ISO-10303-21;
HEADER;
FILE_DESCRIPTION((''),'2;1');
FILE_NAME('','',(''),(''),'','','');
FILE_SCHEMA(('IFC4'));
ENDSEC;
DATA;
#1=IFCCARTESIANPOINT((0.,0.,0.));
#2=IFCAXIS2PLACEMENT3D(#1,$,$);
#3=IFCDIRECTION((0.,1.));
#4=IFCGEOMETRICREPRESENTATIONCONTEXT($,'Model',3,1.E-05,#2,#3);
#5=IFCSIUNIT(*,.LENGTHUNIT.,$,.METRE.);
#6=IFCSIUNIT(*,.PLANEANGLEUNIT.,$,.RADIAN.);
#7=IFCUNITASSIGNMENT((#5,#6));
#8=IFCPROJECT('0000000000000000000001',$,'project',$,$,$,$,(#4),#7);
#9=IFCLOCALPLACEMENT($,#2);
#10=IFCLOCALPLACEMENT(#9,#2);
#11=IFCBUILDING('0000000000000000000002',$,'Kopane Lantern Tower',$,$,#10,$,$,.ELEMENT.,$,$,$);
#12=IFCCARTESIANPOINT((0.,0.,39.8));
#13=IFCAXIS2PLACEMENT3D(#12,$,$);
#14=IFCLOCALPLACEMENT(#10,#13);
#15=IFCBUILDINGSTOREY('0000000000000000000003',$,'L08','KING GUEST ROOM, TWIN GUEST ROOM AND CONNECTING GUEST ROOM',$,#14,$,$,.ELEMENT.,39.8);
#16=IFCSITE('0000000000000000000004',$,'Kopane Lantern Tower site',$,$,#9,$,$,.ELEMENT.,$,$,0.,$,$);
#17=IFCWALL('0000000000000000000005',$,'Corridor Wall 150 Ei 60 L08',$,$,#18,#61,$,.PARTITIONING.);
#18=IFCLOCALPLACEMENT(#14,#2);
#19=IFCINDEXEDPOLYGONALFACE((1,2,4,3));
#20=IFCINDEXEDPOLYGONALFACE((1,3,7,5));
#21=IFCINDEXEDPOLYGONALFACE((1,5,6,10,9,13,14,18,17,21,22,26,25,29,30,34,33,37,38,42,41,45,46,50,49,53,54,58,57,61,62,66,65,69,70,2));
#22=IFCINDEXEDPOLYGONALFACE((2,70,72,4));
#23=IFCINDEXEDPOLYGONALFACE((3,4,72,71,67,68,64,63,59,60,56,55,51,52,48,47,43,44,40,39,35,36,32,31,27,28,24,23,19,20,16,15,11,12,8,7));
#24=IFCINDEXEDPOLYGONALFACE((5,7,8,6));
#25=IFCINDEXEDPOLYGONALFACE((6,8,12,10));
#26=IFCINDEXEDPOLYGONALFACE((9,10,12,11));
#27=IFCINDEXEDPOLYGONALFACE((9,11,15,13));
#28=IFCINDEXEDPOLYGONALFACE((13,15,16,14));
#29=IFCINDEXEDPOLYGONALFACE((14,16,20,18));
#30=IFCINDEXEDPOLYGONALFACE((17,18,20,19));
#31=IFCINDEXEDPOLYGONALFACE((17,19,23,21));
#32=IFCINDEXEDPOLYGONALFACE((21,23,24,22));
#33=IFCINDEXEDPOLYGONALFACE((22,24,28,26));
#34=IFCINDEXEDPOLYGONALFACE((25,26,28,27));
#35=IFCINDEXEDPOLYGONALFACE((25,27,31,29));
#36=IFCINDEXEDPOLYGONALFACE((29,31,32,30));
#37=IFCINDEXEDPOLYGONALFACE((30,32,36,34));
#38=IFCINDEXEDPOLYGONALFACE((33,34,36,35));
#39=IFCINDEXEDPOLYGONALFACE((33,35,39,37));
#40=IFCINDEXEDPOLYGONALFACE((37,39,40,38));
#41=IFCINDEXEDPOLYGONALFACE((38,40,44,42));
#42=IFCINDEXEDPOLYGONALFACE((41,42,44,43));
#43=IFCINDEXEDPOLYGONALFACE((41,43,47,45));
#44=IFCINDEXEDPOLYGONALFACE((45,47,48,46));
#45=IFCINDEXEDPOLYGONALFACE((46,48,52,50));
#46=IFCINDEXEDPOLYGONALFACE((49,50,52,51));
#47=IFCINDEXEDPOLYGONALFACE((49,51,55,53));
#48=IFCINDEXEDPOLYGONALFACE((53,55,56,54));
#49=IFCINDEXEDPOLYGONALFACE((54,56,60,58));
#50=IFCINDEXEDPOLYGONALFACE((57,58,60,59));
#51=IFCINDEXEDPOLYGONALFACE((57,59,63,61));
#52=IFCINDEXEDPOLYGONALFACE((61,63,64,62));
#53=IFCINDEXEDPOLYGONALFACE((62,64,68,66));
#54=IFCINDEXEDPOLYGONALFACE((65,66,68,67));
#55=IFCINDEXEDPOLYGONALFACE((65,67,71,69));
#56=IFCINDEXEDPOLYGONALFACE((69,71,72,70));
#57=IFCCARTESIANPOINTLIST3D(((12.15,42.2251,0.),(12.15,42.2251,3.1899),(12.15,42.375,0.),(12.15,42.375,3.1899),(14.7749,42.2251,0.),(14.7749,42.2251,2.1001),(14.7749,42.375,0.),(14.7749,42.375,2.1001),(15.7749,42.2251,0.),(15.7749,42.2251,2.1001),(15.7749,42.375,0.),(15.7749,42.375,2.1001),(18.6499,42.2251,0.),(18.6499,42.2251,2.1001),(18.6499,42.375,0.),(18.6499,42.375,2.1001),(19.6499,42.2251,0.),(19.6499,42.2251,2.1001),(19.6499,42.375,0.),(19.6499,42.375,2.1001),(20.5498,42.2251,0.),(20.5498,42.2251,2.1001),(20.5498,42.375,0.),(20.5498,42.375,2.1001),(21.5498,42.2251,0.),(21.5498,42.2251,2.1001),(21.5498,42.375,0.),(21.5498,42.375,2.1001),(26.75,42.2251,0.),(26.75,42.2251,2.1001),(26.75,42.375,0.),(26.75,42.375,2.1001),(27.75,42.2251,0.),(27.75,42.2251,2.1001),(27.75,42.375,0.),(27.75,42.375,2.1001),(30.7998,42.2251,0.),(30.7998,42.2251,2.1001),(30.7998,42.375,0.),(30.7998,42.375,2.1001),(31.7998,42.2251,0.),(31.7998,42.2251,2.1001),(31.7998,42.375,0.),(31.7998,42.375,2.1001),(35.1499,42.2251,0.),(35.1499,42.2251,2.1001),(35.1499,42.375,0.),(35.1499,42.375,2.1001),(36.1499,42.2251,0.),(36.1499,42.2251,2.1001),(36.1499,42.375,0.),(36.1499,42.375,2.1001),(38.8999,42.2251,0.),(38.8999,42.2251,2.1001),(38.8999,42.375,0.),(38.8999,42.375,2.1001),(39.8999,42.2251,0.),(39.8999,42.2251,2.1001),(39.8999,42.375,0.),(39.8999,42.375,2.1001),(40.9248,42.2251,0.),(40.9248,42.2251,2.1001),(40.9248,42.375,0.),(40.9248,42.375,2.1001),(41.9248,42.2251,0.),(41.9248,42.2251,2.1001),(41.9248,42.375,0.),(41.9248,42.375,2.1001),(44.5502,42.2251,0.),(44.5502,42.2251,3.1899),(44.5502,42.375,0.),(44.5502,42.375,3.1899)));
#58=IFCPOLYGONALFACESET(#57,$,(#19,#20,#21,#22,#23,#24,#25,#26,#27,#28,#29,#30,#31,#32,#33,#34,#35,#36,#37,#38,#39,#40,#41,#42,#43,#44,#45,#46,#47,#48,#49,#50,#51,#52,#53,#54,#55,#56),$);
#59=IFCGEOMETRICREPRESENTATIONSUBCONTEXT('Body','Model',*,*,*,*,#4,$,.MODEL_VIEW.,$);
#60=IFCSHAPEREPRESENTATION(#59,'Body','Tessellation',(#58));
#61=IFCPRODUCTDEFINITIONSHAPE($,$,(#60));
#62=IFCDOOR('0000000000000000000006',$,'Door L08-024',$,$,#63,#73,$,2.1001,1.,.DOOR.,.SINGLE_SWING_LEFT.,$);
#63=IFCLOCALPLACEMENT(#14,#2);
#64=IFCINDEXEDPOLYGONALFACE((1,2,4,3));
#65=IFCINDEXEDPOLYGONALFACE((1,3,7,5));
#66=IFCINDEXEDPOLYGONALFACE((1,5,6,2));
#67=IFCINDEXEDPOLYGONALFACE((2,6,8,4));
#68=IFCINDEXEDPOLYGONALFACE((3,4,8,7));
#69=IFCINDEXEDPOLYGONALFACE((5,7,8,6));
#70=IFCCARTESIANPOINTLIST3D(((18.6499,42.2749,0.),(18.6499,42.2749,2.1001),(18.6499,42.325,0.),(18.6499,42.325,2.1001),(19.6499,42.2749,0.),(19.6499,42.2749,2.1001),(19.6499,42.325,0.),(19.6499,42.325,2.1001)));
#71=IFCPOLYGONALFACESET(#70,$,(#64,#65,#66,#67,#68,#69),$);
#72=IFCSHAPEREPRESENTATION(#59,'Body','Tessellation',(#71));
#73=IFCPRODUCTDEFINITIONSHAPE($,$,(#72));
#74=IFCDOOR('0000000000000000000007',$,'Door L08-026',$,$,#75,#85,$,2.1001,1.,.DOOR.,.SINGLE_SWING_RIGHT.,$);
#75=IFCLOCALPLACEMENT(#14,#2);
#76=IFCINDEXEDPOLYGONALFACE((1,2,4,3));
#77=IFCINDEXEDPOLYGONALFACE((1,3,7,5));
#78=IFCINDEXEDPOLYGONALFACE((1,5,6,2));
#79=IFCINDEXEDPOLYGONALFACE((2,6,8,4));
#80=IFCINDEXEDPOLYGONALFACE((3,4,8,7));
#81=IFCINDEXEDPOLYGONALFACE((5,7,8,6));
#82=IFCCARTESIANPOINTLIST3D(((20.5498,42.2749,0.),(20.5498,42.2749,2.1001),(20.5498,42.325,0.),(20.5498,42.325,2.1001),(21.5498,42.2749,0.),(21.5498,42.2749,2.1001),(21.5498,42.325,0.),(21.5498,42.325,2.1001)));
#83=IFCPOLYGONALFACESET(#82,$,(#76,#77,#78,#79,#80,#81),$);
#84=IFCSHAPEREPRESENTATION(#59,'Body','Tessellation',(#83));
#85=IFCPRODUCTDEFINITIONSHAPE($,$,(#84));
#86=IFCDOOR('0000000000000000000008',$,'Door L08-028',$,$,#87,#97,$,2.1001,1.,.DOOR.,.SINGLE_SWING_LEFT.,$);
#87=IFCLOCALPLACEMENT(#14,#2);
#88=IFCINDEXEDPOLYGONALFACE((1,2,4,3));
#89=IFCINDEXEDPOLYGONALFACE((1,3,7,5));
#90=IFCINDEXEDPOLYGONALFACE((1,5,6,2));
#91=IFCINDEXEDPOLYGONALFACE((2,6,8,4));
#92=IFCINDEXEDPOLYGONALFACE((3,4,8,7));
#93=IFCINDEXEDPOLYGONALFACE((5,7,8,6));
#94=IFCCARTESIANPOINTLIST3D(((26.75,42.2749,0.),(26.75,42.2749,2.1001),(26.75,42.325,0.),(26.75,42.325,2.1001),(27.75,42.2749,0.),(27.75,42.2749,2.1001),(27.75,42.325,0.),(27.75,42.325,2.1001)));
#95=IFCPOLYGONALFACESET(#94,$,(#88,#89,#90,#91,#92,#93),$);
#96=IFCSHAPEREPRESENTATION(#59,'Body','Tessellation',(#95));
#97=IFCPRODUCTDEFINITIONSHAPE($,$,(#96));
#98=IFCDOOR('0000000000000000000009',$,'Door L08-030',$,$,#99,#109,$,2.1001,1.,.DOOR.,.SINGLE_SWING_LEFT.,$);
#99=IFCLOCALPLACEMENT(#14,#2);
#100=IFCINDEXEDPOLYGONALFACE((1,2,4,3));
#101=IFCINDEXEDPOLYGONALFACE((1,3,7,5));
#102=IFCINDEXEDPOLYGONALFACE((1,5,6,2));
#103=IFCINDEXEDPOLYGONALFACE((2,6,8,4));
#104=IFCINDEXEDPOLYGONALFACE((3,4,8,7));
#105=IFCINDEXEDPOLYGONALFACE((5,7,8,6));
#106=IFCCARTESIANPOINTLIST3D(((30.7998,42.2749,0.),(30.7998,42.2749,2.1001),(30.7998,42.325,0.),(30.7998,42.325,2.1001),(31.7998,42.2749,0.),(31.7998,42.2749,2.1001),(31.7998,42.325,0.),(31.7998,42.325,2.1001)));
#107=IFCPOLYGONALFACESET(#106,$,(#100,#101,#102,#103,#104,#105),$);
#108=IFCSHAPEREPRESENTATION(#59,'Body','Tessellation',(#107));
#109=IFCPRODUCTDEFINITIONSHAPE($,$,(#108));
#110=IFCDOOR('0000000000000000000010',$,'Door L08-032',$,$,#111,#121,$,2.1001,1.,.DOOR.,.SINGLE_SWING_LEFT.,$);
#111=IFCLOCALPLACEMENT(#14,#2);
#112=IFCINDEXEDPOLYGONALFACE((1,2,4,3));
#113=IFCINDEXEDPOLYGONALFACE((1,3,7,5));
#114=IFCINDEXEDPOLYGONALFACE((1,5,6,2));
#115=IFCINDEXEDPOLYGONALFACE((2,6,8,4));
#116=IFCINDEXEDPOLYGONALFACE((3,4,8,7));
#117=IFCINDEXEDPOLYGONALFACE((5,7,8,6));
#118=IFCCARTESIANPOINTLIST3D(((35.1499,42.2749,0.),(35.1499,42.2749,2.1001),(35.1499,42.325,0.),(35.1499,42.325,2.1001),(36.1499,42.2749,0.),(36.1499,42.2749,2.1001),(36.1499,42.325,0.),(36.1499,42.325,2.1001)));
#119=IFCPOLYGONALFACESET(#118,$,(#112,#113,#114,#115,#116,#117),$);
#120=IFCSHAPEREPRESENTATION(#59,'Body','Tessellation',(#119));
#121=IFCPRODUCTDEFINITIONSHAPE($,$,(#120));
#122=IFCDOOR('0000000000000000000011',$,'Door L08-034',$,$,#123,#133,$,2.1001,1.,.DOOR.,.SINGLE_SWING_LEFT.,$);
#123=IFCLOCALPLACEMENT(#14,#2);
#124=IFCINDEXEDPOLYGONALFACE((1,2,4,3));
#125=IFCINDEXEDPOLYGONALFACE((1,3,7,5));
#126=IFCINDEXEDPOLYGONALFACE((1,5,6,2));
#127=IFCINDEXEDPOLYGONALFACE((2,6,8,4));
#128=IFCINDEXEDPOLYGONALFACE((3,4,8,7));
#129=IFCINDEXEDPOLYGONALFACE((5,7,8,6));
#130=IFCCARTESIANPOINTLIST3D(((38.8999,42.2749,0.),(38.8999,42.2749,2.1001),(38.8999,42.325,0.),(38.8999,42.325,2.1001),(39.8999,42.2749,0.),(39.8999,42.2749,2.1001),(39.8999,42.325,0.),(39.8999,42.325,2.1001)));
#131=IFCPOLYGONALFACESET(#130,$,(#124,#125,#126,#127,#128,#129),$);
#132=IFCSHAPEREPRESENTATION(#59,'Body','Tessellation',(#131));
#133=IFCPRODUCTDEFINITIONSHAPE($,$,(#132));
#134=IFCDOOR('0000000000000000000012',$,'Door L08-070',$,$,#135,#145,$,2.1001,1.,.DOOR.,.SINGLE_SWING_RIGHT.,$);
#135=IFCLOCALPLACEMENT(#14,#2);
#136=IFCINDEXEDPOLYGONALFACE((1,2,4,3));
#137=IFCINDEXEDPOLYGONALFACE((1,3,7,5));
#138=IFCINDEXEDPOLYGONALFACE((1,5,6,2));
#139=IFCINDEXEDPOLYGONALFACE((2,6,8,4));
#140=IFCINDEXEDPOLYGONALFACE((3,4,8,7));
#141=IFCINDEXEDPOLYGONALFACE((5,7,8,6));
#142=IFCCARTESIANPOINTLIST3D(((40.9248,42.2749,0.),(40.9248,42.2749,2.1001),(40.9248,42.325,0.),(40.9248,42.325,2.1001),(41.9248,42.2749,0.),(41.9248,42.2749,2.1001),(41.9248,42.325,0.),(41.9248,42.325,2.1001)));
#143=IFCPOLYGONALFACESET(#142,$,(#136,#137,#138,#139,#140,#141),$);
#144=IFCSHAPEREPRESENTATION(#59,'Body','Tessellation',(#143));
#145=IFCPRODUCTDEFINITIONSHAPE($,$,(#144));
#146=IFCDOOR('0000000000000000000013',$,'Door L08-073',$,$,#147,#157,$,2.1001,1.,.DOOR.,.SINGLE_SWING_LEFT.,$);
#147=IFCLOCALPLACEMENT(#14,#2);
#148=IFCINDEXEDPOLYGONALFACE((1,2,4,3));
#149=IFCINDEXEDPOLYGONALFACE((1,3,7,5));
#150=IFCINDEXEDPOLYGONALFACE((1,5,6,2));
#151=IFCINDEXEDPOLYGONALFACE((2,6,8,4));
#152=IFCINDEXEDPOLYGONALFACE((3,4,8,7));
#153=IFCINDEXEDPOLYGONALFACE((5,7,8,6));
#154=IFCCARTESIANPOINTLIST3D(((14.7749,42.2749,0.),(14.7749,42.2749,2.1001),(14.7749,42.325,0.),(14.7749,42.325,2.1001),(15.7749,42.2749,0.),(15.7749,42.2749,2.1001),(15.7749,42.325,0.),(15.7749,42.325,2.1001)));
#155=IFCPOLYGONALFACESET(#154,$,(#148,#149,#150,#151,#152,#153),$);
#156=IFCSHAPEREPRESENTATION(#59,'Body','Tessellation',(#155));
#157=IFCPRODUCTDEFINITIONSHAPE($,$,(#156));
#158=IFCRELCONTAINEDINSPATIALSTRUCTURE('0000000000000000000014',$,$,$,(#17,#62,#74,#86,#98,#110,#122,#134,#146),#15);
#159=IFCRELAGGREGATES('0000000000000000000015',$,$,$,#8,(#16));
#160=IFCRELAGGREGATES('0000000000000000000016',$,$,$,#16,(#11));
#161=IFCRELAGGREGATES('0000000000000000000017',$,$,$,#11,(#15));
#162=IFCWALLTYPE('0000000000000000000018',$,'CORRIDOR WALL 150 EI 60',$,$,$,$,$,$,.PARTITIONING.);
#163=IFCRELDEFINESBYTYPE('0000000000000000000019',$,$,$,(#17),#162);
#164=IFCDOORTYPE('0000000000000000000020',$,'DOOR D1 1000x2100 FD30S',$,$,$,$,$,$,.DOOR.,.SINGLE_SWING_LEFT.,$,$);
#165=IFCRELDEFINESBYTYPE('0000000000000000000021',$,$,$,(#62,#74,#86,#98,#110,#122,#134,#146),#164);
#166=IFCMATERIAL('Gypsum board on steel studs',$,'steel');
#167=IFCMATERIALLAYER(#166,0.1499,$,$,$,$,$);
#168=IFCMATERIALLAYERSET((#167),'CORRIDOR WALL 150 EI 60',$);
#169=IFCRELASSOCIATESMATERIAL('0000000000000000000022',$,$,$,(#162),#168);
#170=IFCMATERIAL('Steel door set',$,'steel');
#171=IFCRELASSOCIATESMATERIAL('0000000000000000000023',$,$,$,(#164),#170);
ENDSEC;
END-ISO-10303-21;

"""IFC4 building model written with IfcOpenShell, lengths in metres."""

from ifc_helpers import new_model, si_unit, direction, frame, frame_2d, origin, place, context, subcontext, project, spatial, rectangle, extrude, material, layer, layer_set, type_object, element, fill, save


model = new_model("IFC4")

# Units and contexts
model_context = context("Model", 3, precision=1e-05, world=origin(), true_north=direction((0.0, 1.0)))
body_context = subcontext(model_context, "Body", "Model", "MODEL_VIEW")
ifc_project = project(units=[si_unit("LENGTHUNIT", "METRE"), si_unit("PLANEANGLEUNIT", "RADIAN")], contexts=[model_context])

# Site, building, storey
site_placement = place(None, origin())
site = spatial("IfcSite", under=ifc_project, at=site_placement, Name="Kopane Lantern Tower site", CompositionType="ELEMENT", RefElevation=0.0)
building_placement = place(site_placement, origin())
building = spatial("IfcBuilding", under=site, at=building_placement, Name="Kopane Lantern Tower", CompositionType="ELEMENT")
storey_placement = place(building_placement, frame((0.0, 0.0, 39.8)))
storey = spatial("IfcBuildingStorey", under=building, at=storey_placement, Name="L08", Description="KING GUEST ROOM, TWIN GUEST ROOM AND CONNECTING GUEST ROOM", CompositionType="ELEMENT", Elevation=39.8)

# Wall, openings, doors
ifc_material_1 = material(Name="Gypsum board on steel studs", Category="steel")
ifc_layer_1 = layer(ifc_material_1, 0.1499)
ifc_layer_set_1 = layer_set([ifc_layer_1], Name="CORRIDOR WALL 150 EI 60")
wall_type_1 = type_object("IfcWallType", Name="CORRIDOR WALL 150 EI 60", PredefinedType="PARTITIONING", material=ifc_layer_set_1)
wall_1_placement = place(storey_placement, frame((12.1499, 42.3, 0.0), z_axis=(0.0, 0.0, 1.0), x_axis=(1.0, 0.0, 0.0)))
wall_1 = element("IfcWall", 1, at=wall_1_placement, inside=storey, type_object=wall_type_1, Name="Corridor Wall 150 Ei 60 L08", PredefinedType="PARTITIONING", context=body_context, shape_type="SweptSolid", body=[
    extrude(rectangle(XDim=32.4001, YDim=0.1499, at=frame_2d((16.2002, 0.0))), origin(), (0.0, 0.0, 1.0), 3.1899),
])
opening_1_placement = place(wall_1_placement, frame((6.5, 0.0, 0.0)))
opening_1 = element("IfcOpeningElement", 2, at=opening_1_placement, cuts=wall_1, PredefinedType="OPENING", context=body_context, shape_type="SweptSolid", body=[
    extrude(rectangle(XDim=1.0, YDim=2.1001, at=frame_2d((0.5, 1.05))), frame((0.0, 0.085, 0.0), z_axis=(0.0, -1.0, 0.0), x_axis=(1.0, 0.0, 0.0)), (0.0, 0.0, 1.0), 0.1699),
])
opening_2_placement = place(wall_1_placement, frame((8.3999, 0.0, 0.0)))
opening_2 = element("IfcOpeningElement", 3, at=opening_2_placement, cuts=wall_1, PredefinedType="OPENING", context=body_context, shape_type="SweptSolid", body=[
    extrude(rectangle(XDim=1.0, YDim=2.1001, at=frame_2d((0.5, 1.05))), frame((0.0, 0.085, 0.0), z_axis=(0.0, -1.0, 0.0), x_axis=(1.0, 0.0, 0.0)), (0.0, 0.0, 1.0), 0.1699),
])
opening_3_placement = place(wall_1_placement, frame((14.6001, 0.0, 0.0)))
opening_3 = element("IfcOpeningElement", 4, at=opening_3_placement, cuts=wall_1, PredefinedType="OPENING", context=body_context, shape_type="SweptSolid", body=[
    extrude(rectangle(XDim=1.0, YDim=2.1001, at=frame_2d((0.5, 1.05))), frame((0.0, 0.085, 0.0), z_axis=(0.0, -1.0, 0.0), x_axis=(1.0, 0.0, 0.0)), (0.0, 0.0, 1.0), 0.1699),
])
opening_4_placement = place(wall_1_placement, frame((18.6499, 0.0, 0.0)))
opening_4 = element("IfcOpeningElement", 5, at=opening_4_placement, cuts=wall_1, PredefinedType="OPENING", context=body_context, shape_type="SweptSolid", body=[
    extrude(rectangle(XDim=1.0, YDim=2.1001, at=frame_2d((0.5, 1.05))), frame((0.0, 0.085, 0.0), z_axis=(0.0, -1.0, 0.0), x_axis=(1.0, 0.0, 0.0)), (0.0, 0.0, 1.0), 0.1699),
])
opening_5_placement = place(wall_1_placement, frame((23.0, 0.0, 0.0)))
opening_5 = element("IfcOpeningElement", 6, at=opening_5_placement, cuts=wall_1, PredefinedType="OPENING", context=body_context, shape_type="SweptSolid", body=[
    extrude(rectangle(XDim=1.0, YDim=2.1001, at=frame_2d((0.5, 1.05))), frame((0.0, 0.085, 0.0), z_axis=(0.0, -1.0, 0.0), x_axis=(1.0, 0.0, 0.0)), (0.0, 0.0, 1.0), 0.1699),
])
opening_6_placement = place(wall_1_placement, frame((26.75, 0.0, 0.0)))
opening_6 = element("IfcOpeningElement", 7, at=opening_6_placement, cuts=wall_1, PredefinedType="OPENING", context=body_context, shape_type="SweptSolid", body=[
    extrude(rectangle(XDim=1.0, YDim=2.1001, at=frame_2d((0.5, 1.05))), frame((0.0, 0.085, 0.0), z_axis=(0.0, -1.0, 0.0), x_axis=(1.0, 0.0, 0.0)), (0.0, 0.0, 1.0), 0.1699),
])
opening_7_placement = place(wall_1_placement, frame((28.7749, 0.0, 0.0)))
opening_7 = element("IfcOpeningElement", 8, at=opening_7_placement, cuts=wall_1, PredefinedType="OPENING", context=body_context, shape_type="SweptSolid", body=[
    extrude(rectangle(XDim=1.0, YDim=2.1001, at=frame_2d((0.5, 1.05))), frame((0.0, 0.085, 0.0), z_axis=(0.0, -1.0, 0.0), x_axis=(1.0, 0.0, 0.0)), (0.0, 0.0, 1.0), 0.1699),
])
opening_8_placement = place(wall_1_placement, frame((2.625, 0.0, 0.0)))
opening_8 = element("IfcOpeningElement", 9, at=opening_8_placement, cuts=wall_1, PredefinedType="OPENING", context=body_context, shape_type="SweptSolid", body=[
    extrude(rectangle(XDim=1.0, YDim=2.1001, at=frame_2d((0.5, 1.05))), frame((0.0, 0.085, 0.0), z_axis=(0.0, -1.0, 0.0), x_axis=(1.0, 0.0, 0.0)), (0.0, 0.0, 1.0), 0.1699),
])
ifc_material_2 = material(Name="Steel door set", Category="steel")
door_type_1 = type_object("IfcDoorType", Name="DOOR D1 1000x2100 FD30S", OperationType="SINGLE_SWING_LEFT", PredefinedType="DOOR", material=ifc_material_2)
door_1_placement = place(opening_1_placement, origin())
door_1 = element("IfcDoor", 10, at=door_1_placement, inside=storey, type_object=door_type_1, Name="Door L08-024", OperationType="SINGLE_SWING_LEFT", OverallHeight=2.1001, OverallWidth=1.0, PredefinedType="DOOR", context=body_context, shape_type="SweptSolid", body=[
    extrude(rectangle(XDim=1.0, YDim=2.1001, at=frame_2d((0.5, 1.05))), frame((0.0, 0.0249, 0.0), z_axis=(0.0, -1.0, 0.0), x_axis=(1.0, 0.0, 0.0)), (0.0, 0.0, 1.0), 0.05),
])
fill(opening_1, door_1)
door_2_placement = place(opening_2_placement, origin())
door_2 = element("IfcDoor", 11, at=door_2_placement, inside=storey, type_object=door_type_1, Name="Door L08-026", OperationType="SINGLE_SWING_RIGHT", OverallHeight=2.1001, OverallWidth=1.0, PredefinedType="DOOR", context=body_context, shape_type="SweptSolid", body=[
    extrude(rectangle(XDim=1.0, YDim=2.1001, at=frame_2d((0.5, 1.05))), frame((0.0, 0.0249, 0.0), z_axis=(0.0, -1.0, 0.0), x_axis=(1.0, 0.0, 0.0)), (0.0, 0.0, 1.0), 0.05),
])
fill(opening_2, door_2)
door_3_placement = place(opening_3_placement, origin())
door_3 = element("IfcDoor", 12, at=door_3_placement, inside=storey, type_object=door_type_1, Name="Door L08-028", OperationType="SINGLE_SWING_LEFT", OverallHeight=2.1001, OverallWidth=1.0, PredefinedType="DOOR", context=body_context, shape_type="SweptSolid", body=[
    extrude(rectangle(XDim=1.0, YDim=2.1001, at=frame_2d((0.5, 1.05))), frame((0.0, 0.0249, 0.0), z_axis=(0.0, -1.0, 0.0), x_axis=(1.0, 0.0, 0.0)), (0.0, 0.0, 1.0), 0.05),
])
fill(opening_3, door_3)
door_4_placement = place(opening_4_placement, origin())
door_4 = element("IfcDoor", 13, at=door_4_placement, inside=storey, type_object=door_type_1, Name="Door L08-030", OperationType="SINGLE_SWING_LEFT", OverallHeight=2.1001, OverallWidth=1.0, PredefinedType="DOOR", context=body_context, shape_type="SweptSolid", body=[
    extrude(rectangle(XDim=1.0, YDim=2.1001, at=frame_2d((0.5, 1.05))), frame((0.0, 0.0249, 0.0), z_axis=(0.0, -1.0, 0.0), x_axis=(1.0, 0.0, 0.0)), (0.0, 0.0, 1.0), 0.05),
])
fill(opening_4, door_4)
door_5_placement = place(opening_5_placement, origin())
door_5 = element("IfcDoor", 14, at=door_5_placement, inside=storey, type_object=door_type_1, Name="Door L08-032", OperationType="SINGLE_SWING_LEFT", OverallHeight=2.1001, OverallWidth=1.0, PredefinedType="DOOR", context=body_context, shape_type="SweptSolid", body=[
    extrude(rectangle(XDim=1.0, YDim=2.1001, at=frame_2d((0.5, 1.05))), frame((0.0, 0.0249, 0.0), z_axis=(0.0, -1.0, 0.0), x_axis=(1.0, 0.0, 0.0)), (0.0, 0.0, 1.0), 0.05),
])
fill(opening_5, door_5)
door_6_placement = place(opening_6_placement, origin())
door_6 = element("IfcDoor", 15, at=door_6_placement, inside=storey, type_object=door_type_1, Name="Door L08-034", OperationType="SINGLE_SWING_LEFT", OverallHeight=2.1001, OverallWidth=1.0, PredefinedType="DOOR", context=body_context, shape_type="SweptSolid", body=[
    extrude(rectangle(XDim=1.0, YDim=2.1001, at=frame_2d((0.5, 1.05))), frame((0.0, 0.0249, 0.0), z_axis=(0.0, -1.0, 0.0), x_axis=(1.0, 0.0, 0.0)), (0.0, 0.0, 1.0), 0.05),
])
fill(opening_6, door_6)
door_7_placement = place(opening_7_placement, origin())
door_7 = element("IfcDoor", 16, at=door_7_placement, inside=storey, type_object=door_type_1, Name="Door L08-070", OperationType="SINGLE_SWING_RIGHT", OverallHeight=2.1001, OverallWidth=1.0, PredefinedType="DOOR", context=body_context, shape_type="SweptSolid", body=[
    extrude(rectangle(XDim=1.0, YDim=2.1001, at=frame_2d((0.5, 1.05))), frame((0.0, 0.0249, 0.0), z_axis=(0.0, -1.0, 0.0), x_axis=(1.0, 0.0, 0.0)), (0.0, 0.0, 1.0), 0.05),
])
fill(opening_7, door_7)
door_8_placement = place(opening_8_placement, origin())
door_8 = element("IfcDoor", 17, at=door_8_placement, inside=storey, type_object=door_type_1, Name="Door L08-073", OperationType="SINGLE_SWING_LEFT", OverallHeight=2.1001, OverallWidth=1.0, PredefinedType="DOOR", context=body_context, shape_type="SweptSolid", body=[
    extrude(rectangle(XDim=1.0, YDim=2.1001, at=frame_2d((0.5, 1.05))), frame((0.0, 0.0249, 0.0), z_axis=(0.0, -1.0, 0.0), x_axis=(1.0, 0.0, 0.0)), (0.0, 0.0, 1.0), 0.05),
])
fill(opening_8, door_8)

save(model, "model.ifc")
